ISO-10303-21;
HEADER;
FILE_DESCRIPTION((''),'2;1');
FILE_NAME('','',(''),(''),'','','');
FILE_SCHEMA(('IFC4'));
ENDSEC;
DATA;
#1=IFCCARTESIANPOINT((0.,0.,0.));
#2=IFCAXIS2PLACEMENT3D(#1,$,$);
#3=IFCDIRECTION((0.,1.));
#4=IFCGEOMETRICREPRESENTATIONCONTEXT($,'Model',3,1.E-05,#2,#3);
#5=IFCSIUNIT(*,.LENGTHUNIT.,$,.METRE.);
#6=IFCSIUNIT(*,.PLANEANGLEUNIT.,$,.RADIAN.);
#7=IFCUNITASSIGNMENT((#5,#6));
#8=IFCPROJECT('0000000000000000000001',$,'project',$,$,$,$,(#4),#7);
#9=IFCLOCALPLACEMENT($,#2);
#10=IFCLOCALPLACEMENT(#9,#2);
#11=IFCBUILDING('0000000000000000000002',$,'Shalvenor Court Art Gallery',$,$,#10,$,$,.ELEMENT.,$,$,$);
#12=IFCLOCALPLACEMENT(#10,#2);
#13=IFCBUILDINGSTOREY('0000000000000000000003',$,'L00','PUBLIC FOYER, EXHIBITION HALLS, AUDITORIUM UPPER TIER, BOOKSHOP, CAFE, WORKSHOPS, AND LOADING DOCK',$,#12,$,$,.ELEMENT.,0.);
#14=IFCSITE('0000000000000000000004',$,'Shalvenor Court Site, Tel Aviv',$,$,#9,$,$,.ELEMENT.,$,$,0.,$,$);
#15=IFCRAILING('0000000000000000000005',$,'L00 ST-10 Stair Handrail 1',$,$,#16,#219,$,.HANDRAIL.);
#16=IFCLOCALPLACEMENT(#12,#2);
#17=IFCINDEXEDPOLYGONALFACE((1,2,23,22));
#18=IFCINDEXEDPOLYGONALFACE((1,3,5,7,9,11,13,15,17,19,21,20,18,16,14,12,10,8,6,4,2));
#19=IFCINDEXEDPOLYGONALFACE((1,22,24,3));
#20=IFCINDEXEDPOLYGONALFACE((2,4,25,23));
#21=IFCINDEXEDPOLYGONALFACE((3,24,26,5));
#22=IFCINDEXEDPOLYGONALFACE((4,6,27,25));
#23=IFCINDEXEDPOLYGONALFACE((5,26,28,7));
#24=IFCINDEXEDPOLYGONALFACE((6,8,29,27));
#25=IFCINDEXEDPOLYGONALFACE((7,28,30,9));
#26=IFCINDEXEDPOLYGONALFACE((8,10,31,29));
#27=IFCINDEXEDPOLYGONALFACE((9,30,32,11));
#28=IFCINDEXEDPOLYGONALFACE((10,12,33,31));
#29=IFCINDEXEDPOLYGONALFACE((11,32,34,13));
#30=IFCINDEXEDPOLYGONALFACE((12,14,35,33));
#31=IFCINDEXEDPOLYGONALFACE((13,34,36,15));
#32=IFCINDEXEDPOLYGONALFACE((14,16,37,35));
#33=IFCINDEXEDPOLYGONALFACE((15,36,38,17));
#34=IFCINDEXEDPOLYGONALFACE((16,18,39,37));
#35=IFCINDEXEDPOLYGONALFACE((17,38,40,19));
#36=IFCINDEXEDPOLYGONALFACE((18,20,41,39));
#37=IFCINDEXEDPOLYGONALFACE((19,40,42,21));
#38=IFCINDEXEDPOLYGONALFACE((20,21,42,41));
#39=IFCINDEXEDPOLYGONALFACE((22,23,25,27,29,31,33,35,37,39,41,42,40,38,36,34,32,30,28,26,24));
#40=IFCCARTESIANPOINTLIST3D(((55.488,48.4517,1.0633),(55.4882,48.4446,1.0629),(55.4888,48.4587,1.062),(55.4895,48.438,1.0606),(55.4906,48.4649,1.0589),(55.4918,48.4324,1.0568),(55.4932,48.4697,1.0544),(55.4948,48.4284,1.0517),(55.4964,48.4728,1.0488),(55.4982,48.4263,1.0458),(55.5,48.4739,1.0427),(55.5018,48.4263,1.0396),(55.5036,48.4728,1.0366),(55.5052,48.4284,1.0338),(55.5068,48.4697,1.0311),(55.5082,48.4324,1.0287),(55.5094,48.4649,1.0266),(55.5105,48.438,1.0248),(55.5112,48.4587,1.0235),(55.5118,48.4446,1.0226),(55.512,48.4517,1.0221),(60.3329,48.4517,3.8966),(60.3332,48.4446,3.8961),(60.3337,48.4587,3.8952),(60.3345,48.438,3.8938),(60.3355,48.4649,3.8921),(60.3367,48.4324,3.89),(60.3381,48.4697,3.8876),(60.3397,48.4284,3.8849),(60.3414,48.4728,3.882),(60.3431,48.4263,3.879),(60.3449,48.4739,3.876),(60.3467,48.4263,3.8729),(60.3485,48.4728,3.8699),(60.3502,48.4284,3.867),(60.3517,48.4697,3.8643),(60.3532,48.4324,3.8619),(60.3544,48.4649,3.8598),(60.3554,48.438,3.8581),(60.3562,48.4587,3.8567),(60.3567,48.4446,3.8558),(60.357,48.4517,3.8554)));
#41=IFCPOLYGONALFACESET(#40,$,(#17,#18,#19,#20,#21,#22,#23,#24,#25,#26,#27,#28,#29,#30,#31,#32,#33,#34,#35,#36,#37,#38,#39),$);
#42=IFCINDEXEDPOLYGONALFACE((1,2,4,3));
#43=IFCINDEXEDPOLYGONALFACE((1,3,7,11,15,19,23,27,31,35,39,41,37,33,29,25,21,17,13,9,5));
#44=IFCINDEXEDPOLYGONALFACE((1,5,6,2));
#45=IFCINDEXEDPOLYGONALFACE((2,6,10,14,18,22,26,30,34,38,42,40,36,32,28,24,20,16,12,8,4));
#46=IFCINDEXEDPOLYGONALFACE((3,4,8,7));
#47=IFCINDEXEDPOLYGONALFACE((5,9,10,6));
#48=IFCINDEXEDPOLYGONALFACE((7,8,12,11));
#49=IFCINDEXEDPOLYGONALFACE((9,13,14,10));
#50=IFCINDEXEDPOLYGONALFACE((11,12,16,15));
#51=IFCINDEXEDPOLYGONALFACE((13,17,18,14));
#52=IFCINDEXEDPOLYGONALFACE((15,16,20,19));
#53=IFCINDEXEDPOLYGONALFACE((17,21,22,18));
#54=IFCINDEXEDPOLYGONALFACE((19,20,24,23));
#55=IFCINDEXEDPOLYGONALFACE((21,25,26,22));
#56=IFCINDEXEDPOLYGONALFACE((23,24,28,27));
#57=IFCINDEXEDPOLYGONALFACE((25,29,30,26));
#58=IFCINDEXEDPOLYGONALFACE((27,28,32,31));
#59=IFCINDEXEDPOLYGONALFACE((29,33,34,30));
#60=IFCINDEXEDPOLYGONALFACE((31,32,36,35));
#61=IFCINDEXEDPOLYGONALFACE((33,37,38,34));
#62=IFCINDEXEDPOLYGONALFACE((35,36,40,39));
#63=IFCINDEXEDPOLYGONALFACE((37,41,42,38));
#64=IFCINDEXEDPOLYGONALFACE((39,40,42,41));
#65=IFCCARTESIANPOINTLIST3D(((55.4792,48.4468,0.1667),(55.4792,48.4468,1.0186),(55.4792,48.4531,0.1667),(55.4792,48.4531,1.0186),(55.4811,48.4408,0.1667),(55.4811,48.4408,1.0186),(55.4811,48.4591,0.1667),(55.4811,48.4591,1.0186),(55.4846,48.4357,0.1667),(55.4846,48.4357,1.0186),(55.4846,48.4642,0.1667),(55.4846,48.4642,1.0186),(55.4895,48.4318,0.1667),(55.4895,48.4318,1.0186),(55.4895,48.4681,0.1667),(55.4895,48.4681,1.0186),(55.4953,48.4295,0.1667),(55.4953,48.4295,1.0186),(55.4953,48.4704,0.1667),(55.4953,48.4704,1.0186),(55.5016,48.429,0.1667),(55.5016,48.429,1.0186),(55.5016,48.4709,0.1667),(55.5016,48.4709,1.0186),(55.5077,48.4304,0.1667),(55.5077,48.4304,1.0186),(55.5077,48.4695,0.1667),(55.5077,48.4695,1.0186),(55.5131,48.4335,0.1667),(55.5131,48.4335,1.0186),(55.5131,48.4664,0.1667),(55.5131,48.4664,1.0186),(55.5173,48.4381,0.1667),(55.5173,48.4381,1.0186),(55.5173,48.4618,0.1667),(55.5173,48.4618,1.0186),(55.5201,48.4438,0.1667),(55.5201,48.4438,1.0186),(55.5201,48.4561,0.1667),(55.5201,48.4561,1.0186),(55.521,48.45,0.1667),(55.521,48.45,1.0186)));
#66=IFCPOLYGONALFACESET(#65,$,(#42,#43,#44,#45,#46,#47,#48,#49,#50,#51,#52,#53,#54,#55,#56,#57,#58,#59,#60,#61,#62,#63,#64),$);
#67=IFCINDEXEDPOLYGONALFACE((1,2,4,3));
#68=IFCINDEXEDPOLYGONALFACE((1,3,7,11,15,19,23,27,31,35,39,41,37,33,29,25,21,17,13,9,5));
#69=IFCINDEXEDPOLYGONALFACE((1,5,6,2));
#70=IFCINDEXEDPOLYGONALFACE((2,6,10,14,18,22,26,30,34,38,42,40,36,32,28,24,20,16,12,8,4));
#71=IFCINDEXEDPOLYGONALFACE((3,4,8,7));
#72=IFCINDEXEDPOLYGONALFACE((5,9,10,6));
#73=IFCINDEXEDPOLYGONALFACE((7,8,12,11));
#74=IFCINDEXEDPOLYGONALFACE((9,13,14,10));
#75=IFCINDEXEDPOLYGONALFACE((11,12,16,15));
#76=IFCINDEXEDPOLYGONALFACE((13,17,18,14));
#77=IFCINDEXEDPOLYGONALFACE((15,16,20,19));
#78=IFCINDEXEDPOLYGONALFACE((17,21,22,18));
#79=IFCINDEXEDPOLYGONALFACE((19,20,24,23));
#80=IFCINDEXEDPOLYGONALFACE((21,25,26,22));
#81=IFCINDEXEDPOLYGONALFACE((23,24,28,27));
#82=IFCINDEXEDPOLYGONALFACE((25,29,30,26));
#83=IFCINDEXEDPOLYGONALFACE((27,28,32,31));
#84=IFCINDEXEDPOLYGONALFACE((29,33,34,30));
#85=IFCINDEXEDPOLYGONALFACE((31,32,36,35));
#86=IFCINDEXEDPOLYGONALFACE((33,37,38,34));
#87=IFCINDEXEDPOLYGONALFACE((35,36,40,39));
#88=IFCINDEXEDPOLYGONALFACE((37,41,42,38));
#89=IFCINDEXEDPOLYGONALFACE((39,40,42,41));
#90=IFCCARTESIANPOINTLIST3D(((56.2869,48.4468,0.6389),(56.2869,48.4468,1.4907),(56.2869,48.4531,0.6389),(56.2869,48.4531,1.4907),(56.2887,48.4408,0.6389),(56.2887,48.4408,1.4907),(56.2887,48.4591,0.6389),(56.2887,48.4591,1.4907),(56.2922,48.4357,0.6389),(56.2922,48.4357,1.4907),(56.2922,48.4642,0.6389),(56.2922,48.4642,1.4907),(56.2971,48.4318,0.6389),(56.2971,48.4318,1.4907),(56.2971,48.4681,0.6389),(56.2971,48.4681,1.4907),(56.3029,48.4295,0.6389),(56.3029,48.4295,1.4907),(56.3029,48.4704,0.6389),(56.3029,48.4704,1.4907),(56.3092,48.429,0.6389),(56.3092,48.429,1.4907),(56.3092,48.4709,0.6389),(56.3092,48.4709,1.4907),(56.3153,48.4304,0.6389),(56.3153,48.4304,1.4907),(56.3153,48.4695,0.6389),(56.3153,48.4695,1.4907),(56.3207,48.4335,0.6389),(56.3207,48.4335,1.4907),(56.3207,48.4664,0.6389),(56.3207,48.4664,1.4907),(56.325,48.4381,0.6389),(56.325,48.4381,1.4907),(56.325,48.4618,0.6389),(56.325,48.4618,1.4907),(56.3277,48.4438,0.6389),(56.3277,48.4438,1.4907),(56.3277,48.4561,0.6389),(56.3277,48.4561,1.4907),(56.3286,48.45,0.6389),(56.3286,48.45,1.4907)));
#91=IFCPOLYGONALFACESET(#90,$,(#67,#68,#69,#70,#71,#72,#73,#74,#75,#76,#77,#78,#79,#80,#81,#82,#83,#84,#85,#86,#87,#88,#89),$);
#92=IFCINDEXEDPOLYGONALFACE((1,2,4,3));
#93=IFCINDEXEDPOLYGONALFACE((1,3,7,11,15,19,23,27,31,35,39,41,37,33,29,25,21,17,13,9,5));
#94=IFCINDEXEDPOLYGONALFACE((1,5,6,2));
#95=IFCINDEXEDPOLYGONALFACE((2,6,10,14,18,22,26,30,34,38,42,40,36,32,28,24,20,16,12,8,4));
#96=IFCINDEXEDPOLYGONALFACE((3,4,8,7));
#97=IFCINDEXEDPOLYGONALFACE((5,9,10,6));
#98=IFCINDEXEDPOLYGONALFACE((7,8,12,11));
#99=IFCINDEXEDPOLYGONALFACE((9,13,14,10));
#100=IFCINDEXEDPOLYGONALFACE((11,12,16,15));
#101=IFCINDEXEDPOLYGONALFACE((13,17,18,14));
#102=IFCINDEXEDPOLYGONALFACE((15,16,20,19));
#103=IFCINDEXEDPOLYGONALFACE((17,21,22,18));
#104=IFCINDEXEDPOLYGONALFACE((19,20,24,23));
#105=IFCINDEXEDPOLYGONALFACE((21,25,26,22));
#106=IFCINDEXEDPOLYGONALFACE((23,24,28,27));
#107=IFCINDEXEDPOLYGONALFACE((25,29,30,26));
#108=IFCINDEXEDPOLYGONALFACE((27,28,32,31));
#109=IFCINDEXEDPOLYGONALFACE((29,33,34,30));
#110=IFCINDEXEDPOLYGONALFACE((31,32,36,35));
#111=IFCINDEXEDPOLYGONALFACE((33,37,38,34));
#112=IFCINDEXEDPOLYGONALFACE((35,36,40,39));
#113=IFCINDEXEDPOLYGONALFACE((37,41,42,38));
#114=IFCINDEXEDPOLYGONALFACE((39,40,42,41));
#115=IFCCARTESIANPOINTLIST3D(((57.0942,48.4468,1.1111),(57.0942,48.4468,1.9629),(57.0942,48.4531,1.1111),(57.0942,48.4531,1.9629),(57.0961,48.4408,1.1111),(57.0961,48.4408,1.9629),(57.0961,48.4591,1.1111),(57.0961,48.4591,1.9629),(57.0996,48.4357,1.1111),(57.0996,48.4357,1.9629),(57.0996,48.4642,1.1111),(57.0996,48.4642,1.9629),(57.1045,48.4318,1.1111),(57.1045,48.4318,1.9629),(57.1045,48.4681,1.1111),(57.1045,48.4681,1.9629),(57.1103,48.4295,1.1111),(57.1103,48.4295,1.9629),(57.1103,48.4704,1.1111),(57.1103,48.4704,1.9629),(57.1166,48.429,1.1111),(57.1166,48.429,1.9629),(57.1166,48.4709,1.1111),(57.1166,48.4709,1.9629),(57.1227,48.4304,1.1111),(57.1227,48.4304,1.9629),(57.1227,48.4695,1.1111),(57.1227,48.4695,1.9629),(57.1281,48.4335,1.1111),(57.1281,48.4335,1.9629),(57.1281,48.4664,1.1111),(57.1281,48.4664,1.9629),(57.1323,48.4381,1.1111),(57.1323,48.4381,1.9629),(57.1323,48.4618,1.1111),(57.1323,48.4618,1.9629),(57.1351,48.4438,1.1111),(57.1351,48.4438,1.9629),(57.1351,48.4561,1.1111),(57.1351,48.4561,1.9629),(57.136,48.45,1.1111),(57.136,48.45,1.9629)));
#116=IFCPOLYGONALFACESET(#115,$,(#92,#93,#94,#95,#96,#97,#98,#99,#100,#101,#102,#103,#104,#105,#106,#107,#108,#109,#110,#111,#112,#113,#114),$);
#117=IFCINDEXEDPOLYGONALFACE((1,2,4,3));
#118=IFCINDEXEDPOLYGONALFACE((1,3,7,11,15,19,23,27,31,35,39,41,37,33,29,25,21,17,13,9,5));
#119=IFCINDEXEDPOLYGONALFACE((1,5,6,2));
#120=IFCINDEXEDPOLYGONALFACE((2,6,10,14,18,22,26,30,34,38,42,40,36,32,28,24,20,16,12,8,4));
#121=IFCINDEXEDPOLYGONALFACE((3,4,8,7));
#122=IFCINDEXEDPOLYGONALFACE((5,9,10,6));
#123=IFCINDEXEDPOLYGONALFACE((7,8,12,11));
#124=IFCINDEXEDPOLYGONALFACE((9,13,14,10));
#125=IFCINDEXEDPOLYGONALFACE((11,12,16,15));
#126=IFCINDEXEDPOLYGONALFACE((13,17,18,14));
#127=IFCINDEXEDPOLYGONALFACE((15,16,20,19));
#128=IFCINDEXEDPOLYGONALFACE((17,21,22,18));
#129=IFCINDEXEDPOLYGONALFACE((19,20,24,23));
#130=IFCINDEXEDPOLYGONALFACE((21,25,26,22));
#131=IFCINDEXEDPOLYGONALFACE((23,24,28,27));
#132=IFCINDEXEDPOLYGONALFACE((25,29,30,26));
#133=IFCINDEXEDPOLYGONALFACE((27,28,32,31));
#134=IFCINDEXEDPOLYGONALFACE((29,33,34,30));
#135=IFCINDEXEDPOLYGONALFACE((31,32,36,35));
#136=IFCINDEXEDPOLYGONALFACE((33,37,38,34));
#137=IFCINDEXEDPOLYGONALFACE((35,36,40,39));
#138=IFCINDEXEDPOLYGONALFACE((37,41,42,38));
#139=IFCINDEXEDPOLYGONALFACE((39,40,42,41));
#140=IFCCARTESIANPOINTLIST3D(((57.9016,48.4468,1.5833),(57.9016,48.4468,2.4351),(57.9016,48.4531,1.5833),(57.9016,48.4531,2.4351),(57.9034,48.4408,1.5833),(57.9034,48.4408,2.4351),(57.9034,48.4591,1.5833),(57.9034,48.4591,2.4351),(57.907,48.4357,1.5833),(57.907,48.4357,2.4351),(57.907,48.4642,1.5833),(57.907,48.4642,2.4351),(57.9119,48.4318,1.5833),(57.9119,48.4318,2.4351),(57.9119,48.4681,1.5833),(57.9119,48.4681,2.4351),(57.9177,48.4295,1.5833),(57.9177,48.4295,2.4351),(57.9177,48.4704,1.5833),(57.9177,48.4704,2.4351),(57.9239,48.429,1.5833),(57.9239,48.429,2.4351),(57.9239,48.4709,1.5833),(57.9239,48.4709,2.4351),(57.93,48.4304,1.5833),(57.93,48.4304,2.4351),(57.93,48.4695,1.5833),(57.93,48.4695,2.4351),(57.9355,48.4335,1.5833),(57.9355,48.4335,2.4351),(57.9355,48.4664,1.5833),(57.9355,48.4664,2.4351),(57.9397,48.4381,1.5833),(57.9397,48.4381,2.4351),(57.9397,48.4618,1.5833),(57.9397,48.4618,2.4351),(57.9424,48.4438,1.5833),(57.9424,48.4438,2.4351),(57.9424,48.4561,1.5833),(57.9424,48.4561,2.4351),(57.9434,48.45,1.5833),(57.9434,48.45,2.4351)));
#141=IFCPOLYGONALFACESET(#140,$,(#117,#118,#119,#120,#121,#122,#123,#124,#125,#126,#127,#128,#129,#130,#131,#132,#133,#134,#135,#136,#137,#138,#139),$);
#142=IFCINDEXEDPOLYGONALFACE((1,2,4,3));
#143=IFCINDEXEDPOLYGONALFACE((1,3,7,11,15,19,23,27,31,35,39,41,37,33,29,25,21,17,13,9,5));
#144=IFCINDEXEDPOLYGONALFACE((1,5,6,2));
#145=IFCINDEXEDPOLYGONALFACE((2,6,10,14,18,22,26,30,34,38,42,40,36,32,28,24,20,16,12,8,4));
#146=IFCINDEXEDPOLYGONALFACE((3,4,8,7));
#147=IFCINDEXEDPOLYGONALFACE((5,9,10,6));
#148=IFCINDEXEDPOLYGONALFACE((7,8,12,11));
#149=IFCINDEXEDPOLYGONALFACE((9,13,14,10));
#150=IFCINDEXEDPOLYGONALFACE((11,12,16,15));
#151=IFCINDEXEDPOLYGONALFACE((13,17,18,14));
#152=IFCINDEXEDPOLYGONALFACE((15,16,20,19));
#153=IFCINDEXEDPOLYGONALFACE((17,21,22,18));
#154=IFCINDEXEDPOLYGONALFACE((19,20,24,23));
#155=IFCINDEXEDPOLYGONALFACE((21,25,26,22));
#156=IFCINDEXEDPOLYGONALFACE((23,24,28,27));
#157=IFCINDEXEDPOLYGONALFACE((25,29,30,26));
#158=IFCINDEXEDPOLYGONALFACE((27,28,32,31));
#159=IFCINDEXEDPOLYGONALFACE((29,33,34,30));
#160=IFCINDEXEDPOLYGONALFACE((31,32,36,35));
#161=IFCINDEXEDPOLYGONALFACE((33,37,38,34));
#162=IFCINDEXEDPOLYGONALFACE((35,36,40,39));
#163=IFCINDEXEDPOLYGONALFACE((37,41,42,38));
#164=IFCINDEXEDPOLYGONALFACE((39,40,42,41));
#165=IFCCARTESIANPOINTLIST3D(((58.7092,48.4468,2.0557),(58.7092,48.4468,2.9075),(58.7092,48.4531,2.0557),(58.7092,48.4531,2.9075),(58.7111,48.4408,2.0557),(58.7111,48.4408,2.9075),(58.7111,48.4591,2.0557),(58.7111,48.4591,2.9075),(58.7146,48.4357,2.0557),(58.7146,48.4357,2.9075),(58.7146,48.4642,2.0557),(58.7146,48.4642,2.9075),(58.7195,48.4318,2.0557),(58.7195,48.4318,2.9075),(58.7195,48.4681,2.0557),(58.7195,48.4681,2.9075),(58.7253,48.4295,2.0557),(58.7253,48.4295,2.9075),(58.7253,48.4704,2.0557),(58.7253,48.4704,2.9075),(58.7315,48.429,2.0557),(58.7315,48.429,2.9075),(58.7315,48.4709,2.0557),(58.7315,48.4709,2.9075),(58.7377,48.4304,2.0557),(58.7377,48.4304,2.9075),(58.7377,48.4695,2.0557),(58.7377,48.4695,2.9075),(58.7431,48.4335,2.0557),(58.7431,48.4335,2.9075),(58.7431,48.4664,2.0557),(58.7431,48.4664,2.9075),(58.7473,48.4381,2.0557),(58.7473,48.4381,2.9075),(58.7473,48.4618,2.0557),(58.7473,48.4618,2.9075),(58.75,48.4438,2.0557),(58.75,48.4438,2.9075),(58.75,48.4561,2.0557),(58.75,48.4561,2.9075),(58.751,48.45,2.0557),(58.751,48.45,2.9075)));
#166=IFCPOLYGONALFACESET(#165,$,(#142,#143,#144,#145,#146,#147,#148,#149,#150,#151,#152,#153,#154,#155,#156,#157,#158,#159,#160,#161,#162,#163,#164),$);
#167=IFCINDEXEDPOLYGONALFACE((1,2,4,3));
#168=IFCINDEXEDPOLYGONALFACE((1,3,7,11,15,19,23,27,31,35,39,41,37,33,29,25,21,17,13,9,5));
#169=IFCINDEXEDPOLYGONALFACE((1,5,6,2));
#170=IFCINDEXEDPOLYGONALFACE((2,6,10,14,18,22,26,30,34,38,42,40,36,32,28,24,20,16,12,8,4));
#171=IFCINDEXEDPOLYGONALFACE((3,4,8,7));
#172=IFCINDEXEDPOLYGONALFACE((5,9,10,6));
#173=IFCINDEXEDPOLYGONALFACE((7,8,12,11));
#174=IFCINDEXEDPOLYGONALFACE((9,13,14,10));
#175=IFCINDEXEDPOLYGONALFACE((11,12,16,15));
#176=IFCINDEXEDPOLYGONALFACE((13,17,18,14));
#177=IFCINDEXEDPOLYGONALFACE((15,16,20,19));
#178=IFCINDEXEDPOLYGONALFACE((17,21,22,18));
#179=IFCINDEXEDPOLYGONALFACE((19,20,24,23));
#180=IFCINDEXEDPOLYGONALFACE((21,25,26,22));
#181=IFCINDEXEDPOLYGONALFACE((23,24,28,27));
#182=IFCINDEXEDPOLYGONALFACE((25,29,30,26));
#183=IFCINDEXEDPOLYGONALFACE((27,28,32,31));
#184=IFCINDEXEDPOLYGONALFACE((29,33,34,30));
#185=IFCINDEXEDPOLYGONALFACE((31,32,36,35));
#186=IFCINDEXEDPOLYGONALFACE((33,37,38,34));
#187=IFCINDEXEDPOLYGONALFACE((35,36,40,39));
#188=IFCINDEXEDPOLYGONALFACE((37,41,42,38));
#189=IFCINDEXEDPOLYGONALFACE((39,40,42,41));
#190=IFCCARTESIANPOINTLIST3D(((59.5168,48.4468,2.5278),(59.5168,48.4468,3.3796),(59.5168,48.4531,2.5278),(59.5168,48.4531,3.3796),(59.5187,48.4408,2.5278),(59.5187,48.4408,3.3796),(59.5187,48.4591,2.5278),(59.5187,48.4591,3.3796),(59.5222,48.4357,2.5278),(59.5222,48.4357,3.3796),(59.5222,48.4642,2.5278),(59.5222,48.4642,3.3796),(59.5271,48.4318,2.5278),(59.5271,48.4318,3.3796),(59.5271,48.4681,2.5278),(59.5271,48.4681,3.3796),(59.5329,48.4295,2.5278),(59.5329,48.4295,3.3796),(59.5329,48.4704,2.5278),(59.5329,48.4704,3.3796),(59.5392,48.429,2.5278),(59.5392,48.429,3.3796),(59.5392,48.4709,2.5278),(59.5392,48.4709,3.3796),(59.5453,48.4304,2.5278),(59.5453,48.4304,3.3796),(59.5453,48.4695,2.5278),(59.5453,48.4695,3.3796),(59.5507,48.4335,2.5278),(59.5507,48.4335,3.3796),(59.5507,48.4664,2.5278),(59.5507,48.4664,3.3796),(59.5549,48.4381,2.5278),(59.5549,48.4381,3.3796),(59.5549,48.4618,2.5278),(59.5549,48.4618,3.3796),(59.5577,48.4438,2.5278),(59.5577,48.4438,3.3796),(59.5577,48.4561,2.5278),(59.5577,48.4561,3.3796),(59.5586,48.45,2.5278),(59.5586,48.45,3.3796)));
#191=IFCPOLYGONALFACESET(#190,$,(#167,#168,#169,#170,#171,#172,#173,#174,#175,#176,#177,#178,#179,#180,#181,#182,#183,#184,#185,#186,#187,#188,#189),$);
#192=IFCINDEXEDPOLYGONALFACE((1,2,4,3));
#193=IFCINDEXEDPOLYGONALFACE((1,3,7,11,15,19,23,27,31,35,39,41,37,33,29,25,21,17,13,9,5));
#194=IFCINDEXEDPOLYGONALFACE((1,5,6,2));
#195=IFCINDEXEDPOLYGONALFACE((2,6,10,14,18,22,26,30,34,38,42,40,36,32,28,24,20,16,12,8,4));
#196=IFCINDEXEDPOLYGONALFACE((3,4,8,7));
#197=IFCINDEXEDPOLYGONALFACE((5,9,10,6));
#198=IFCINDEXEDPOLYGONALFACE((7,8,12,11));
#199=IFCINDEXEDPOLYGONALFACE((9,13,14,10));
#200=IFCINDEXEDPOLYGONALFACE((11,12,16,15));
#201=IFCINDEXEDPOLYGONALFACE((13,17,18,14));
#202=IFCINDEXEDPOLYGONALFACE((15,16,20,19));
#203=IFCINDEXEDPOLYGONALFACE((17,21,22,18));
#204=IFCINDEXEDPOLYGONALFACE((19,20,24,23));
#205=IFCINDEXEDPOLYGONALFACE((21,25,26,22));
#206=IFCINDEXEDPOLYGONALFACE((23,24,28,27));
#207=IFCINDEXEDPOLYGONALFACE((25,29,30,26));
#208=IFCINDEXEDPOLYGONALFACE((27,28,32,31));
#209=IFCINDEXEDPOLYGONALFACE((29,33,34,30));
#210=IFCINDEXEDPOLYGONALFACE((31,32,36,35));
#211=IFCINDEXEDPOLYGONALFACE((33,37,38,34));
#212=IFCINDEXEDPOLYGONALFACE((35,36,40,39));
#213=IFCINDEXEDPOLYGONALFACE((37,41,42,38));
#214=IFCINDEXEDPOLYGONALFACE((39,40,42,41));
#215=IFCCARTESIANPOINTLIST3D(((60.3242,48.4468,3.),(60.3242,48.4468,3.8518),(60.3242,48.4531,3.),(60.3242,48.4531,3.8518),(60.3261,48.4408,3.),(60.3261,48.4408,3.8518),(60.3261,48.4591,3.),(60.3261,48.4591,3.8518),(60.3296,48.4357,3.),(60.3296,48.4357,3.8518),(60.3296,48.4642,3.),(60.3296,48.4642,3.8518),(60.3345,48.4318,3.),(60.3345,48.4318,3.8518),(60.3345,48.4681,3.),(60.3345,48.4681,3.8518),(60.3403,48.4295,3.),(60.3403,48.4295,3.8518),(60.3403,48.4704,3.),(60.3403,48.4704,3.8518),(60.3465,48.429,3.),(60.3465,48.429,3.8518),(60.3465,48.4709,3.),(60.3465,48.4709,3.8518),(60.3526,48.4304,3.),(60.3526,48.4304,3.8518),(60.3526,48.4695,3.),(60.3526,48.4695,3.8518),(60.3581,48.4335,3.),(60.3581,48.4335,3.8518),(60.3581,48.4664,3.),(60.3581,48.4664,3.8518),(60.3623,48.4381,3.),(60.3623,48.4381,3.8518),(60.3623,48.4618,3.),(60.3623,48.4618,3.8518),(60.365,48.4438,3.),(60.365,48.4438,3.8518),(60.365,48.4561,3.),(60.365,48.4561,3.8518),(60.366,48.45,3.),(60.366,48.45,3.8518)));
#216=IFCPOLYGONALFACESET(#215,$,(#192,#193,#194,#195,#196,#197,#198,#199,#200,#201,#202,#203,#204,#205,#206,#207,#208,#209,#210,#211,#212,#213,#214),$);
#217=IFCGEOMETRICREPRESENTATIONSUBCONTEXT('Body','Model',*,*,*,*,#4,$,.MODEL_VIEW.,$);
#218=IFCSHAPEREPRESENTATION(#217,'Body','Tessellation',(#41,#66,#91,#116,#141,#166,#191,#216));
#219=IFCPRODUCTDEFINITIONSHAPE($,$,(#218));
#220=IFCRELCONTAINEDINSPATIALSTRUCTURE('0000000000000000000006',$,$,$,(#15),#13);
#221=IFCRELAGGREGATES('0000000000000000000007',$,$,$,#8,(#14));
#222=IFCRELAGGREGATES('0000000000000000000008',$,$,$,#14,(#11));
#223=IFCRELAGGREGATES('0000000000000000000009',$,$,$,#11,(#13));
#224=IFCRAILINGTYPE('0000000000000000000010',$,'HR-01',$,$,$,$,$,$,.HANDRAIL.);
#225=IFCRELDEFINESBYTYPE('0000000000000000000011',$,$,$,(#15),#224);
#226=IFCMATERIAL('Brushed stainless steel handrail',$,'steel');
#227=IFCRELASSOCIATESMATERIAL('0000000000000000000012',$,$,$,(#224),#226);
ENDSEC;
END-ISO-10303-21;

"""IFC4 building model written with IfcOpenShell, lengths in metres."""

from ifc_helpers import new_model, si_unit, direction, frame, origin, origin_2d, place, context, subcontext, project, spatial, circle, extrude, material, type_object, element, save


model = new_model("IFC4")

# Units and contexts
model_context = context("Model", 3, precision=1e-05, world=origin(), true_north=direction((0.0, 1.0)))
body_context = subcontext(model_context, "Body", "Model", "MODEL_VIEW")
ifc_project = project(units=[si_unit("LENGTHUNIT", "METRE"), si_unit("PLANEANGLEUNIT", "RADIAN")], contexts=[model_context])

# Site, building, storey
site_placement = place(None, origin())
site = spatial("IfcSite", under=ifc_project, at=site_placement, Name="Shalvenor Court Site, Tel Aviv", CompositionType="ELEMENT", RefElevation=0.0)
building_placement = place(site_placement, origin())
building = spatial("IfcBuilding", under=site, at=building_placement, Name="Shalvenor Court Art Gallery", CompositionType="ELEMENT")
storey_placement = place(building_placement, origin())
storey = spatial("IfcBuildingStorey", under=building, at=storey_placement, Name="L00", Description="PUBLIC FOYER, EXHIBITION HALLS, AUDITORIUM UPPER TIER, BOOKSHOP, CAFE, WORKSHOPS, AND LOADING DOCK", CompositionType="ELEMENT", Elevation=0.0)

# Railing
ifc_material_1 = material(Name="Brushed stainless steel handrail", Category="steel")
railing_type_1 = type_object("IfcRailingType", Name="HR-01", PredefinedType="HANDRAIL", material=ifc_material_1)
railing_1_placement = place(storey_placement, frame((55.5, 48.45, 0.1667)))
element("IfcRailing", 1, at=railing_1_placement, inside=storey, type_object=railing_type_1, Name="L00 ST-10 Stair Handrail 1", PredefinedType="HANDRAIL", context=body_context, shape_type="SweptSolid", body=[
    extrude(circle(Radius=0.0239, at=origin_2d()), frame((0.0, 0.0, 0.876), z_axis=(0.863234, 0.0, 0.504804), x_axis=(0.0, 1.0, 0.0)), (0.0, 0.0, 1.0), 5.6125),
    extrude(circle(Radius=0.021, at=origin_2d()), origin(), (0.0, 0.0, 1.0), 0.8518),
    extrude(circle(Radius=0.021, at=origin_2d()), frame((0.8076, 0.0, 0.4722)), (0.0, 0.0, 1.0), 0.8518),
    extrude(circle(Radius=0.021, at=origin_2d()), frame((1.615, 0.0, 0.9443)), (0.0, 0.0, 1.0), 0.8518),
    extrude(circle(Radius=0.021, at=origin_2d()), frame((2.4224, 0.0, 1.4165)), (0.0, 0.0, 1.0), 0.8518),
    extrude(circle(Radius=0.021, at=origin_2d()), frame((3.23, 0.0, 1.8889)), (0.0, 0.0, 1.0), 0.8518),
    extrude(circle(Radius=0.021, at=origin_2d()), frame((4.0376, 0.0, 2.3611)), (0.0, 0.0, 1.0), 0.8518),
    extrude(circle(Radius=0.021, at=origin_2d()), frame((4.845, 0.0, 2.8333)), (0.0, 0.0, 1.0), 0.8518),
])

save(model, "model.ifc")
